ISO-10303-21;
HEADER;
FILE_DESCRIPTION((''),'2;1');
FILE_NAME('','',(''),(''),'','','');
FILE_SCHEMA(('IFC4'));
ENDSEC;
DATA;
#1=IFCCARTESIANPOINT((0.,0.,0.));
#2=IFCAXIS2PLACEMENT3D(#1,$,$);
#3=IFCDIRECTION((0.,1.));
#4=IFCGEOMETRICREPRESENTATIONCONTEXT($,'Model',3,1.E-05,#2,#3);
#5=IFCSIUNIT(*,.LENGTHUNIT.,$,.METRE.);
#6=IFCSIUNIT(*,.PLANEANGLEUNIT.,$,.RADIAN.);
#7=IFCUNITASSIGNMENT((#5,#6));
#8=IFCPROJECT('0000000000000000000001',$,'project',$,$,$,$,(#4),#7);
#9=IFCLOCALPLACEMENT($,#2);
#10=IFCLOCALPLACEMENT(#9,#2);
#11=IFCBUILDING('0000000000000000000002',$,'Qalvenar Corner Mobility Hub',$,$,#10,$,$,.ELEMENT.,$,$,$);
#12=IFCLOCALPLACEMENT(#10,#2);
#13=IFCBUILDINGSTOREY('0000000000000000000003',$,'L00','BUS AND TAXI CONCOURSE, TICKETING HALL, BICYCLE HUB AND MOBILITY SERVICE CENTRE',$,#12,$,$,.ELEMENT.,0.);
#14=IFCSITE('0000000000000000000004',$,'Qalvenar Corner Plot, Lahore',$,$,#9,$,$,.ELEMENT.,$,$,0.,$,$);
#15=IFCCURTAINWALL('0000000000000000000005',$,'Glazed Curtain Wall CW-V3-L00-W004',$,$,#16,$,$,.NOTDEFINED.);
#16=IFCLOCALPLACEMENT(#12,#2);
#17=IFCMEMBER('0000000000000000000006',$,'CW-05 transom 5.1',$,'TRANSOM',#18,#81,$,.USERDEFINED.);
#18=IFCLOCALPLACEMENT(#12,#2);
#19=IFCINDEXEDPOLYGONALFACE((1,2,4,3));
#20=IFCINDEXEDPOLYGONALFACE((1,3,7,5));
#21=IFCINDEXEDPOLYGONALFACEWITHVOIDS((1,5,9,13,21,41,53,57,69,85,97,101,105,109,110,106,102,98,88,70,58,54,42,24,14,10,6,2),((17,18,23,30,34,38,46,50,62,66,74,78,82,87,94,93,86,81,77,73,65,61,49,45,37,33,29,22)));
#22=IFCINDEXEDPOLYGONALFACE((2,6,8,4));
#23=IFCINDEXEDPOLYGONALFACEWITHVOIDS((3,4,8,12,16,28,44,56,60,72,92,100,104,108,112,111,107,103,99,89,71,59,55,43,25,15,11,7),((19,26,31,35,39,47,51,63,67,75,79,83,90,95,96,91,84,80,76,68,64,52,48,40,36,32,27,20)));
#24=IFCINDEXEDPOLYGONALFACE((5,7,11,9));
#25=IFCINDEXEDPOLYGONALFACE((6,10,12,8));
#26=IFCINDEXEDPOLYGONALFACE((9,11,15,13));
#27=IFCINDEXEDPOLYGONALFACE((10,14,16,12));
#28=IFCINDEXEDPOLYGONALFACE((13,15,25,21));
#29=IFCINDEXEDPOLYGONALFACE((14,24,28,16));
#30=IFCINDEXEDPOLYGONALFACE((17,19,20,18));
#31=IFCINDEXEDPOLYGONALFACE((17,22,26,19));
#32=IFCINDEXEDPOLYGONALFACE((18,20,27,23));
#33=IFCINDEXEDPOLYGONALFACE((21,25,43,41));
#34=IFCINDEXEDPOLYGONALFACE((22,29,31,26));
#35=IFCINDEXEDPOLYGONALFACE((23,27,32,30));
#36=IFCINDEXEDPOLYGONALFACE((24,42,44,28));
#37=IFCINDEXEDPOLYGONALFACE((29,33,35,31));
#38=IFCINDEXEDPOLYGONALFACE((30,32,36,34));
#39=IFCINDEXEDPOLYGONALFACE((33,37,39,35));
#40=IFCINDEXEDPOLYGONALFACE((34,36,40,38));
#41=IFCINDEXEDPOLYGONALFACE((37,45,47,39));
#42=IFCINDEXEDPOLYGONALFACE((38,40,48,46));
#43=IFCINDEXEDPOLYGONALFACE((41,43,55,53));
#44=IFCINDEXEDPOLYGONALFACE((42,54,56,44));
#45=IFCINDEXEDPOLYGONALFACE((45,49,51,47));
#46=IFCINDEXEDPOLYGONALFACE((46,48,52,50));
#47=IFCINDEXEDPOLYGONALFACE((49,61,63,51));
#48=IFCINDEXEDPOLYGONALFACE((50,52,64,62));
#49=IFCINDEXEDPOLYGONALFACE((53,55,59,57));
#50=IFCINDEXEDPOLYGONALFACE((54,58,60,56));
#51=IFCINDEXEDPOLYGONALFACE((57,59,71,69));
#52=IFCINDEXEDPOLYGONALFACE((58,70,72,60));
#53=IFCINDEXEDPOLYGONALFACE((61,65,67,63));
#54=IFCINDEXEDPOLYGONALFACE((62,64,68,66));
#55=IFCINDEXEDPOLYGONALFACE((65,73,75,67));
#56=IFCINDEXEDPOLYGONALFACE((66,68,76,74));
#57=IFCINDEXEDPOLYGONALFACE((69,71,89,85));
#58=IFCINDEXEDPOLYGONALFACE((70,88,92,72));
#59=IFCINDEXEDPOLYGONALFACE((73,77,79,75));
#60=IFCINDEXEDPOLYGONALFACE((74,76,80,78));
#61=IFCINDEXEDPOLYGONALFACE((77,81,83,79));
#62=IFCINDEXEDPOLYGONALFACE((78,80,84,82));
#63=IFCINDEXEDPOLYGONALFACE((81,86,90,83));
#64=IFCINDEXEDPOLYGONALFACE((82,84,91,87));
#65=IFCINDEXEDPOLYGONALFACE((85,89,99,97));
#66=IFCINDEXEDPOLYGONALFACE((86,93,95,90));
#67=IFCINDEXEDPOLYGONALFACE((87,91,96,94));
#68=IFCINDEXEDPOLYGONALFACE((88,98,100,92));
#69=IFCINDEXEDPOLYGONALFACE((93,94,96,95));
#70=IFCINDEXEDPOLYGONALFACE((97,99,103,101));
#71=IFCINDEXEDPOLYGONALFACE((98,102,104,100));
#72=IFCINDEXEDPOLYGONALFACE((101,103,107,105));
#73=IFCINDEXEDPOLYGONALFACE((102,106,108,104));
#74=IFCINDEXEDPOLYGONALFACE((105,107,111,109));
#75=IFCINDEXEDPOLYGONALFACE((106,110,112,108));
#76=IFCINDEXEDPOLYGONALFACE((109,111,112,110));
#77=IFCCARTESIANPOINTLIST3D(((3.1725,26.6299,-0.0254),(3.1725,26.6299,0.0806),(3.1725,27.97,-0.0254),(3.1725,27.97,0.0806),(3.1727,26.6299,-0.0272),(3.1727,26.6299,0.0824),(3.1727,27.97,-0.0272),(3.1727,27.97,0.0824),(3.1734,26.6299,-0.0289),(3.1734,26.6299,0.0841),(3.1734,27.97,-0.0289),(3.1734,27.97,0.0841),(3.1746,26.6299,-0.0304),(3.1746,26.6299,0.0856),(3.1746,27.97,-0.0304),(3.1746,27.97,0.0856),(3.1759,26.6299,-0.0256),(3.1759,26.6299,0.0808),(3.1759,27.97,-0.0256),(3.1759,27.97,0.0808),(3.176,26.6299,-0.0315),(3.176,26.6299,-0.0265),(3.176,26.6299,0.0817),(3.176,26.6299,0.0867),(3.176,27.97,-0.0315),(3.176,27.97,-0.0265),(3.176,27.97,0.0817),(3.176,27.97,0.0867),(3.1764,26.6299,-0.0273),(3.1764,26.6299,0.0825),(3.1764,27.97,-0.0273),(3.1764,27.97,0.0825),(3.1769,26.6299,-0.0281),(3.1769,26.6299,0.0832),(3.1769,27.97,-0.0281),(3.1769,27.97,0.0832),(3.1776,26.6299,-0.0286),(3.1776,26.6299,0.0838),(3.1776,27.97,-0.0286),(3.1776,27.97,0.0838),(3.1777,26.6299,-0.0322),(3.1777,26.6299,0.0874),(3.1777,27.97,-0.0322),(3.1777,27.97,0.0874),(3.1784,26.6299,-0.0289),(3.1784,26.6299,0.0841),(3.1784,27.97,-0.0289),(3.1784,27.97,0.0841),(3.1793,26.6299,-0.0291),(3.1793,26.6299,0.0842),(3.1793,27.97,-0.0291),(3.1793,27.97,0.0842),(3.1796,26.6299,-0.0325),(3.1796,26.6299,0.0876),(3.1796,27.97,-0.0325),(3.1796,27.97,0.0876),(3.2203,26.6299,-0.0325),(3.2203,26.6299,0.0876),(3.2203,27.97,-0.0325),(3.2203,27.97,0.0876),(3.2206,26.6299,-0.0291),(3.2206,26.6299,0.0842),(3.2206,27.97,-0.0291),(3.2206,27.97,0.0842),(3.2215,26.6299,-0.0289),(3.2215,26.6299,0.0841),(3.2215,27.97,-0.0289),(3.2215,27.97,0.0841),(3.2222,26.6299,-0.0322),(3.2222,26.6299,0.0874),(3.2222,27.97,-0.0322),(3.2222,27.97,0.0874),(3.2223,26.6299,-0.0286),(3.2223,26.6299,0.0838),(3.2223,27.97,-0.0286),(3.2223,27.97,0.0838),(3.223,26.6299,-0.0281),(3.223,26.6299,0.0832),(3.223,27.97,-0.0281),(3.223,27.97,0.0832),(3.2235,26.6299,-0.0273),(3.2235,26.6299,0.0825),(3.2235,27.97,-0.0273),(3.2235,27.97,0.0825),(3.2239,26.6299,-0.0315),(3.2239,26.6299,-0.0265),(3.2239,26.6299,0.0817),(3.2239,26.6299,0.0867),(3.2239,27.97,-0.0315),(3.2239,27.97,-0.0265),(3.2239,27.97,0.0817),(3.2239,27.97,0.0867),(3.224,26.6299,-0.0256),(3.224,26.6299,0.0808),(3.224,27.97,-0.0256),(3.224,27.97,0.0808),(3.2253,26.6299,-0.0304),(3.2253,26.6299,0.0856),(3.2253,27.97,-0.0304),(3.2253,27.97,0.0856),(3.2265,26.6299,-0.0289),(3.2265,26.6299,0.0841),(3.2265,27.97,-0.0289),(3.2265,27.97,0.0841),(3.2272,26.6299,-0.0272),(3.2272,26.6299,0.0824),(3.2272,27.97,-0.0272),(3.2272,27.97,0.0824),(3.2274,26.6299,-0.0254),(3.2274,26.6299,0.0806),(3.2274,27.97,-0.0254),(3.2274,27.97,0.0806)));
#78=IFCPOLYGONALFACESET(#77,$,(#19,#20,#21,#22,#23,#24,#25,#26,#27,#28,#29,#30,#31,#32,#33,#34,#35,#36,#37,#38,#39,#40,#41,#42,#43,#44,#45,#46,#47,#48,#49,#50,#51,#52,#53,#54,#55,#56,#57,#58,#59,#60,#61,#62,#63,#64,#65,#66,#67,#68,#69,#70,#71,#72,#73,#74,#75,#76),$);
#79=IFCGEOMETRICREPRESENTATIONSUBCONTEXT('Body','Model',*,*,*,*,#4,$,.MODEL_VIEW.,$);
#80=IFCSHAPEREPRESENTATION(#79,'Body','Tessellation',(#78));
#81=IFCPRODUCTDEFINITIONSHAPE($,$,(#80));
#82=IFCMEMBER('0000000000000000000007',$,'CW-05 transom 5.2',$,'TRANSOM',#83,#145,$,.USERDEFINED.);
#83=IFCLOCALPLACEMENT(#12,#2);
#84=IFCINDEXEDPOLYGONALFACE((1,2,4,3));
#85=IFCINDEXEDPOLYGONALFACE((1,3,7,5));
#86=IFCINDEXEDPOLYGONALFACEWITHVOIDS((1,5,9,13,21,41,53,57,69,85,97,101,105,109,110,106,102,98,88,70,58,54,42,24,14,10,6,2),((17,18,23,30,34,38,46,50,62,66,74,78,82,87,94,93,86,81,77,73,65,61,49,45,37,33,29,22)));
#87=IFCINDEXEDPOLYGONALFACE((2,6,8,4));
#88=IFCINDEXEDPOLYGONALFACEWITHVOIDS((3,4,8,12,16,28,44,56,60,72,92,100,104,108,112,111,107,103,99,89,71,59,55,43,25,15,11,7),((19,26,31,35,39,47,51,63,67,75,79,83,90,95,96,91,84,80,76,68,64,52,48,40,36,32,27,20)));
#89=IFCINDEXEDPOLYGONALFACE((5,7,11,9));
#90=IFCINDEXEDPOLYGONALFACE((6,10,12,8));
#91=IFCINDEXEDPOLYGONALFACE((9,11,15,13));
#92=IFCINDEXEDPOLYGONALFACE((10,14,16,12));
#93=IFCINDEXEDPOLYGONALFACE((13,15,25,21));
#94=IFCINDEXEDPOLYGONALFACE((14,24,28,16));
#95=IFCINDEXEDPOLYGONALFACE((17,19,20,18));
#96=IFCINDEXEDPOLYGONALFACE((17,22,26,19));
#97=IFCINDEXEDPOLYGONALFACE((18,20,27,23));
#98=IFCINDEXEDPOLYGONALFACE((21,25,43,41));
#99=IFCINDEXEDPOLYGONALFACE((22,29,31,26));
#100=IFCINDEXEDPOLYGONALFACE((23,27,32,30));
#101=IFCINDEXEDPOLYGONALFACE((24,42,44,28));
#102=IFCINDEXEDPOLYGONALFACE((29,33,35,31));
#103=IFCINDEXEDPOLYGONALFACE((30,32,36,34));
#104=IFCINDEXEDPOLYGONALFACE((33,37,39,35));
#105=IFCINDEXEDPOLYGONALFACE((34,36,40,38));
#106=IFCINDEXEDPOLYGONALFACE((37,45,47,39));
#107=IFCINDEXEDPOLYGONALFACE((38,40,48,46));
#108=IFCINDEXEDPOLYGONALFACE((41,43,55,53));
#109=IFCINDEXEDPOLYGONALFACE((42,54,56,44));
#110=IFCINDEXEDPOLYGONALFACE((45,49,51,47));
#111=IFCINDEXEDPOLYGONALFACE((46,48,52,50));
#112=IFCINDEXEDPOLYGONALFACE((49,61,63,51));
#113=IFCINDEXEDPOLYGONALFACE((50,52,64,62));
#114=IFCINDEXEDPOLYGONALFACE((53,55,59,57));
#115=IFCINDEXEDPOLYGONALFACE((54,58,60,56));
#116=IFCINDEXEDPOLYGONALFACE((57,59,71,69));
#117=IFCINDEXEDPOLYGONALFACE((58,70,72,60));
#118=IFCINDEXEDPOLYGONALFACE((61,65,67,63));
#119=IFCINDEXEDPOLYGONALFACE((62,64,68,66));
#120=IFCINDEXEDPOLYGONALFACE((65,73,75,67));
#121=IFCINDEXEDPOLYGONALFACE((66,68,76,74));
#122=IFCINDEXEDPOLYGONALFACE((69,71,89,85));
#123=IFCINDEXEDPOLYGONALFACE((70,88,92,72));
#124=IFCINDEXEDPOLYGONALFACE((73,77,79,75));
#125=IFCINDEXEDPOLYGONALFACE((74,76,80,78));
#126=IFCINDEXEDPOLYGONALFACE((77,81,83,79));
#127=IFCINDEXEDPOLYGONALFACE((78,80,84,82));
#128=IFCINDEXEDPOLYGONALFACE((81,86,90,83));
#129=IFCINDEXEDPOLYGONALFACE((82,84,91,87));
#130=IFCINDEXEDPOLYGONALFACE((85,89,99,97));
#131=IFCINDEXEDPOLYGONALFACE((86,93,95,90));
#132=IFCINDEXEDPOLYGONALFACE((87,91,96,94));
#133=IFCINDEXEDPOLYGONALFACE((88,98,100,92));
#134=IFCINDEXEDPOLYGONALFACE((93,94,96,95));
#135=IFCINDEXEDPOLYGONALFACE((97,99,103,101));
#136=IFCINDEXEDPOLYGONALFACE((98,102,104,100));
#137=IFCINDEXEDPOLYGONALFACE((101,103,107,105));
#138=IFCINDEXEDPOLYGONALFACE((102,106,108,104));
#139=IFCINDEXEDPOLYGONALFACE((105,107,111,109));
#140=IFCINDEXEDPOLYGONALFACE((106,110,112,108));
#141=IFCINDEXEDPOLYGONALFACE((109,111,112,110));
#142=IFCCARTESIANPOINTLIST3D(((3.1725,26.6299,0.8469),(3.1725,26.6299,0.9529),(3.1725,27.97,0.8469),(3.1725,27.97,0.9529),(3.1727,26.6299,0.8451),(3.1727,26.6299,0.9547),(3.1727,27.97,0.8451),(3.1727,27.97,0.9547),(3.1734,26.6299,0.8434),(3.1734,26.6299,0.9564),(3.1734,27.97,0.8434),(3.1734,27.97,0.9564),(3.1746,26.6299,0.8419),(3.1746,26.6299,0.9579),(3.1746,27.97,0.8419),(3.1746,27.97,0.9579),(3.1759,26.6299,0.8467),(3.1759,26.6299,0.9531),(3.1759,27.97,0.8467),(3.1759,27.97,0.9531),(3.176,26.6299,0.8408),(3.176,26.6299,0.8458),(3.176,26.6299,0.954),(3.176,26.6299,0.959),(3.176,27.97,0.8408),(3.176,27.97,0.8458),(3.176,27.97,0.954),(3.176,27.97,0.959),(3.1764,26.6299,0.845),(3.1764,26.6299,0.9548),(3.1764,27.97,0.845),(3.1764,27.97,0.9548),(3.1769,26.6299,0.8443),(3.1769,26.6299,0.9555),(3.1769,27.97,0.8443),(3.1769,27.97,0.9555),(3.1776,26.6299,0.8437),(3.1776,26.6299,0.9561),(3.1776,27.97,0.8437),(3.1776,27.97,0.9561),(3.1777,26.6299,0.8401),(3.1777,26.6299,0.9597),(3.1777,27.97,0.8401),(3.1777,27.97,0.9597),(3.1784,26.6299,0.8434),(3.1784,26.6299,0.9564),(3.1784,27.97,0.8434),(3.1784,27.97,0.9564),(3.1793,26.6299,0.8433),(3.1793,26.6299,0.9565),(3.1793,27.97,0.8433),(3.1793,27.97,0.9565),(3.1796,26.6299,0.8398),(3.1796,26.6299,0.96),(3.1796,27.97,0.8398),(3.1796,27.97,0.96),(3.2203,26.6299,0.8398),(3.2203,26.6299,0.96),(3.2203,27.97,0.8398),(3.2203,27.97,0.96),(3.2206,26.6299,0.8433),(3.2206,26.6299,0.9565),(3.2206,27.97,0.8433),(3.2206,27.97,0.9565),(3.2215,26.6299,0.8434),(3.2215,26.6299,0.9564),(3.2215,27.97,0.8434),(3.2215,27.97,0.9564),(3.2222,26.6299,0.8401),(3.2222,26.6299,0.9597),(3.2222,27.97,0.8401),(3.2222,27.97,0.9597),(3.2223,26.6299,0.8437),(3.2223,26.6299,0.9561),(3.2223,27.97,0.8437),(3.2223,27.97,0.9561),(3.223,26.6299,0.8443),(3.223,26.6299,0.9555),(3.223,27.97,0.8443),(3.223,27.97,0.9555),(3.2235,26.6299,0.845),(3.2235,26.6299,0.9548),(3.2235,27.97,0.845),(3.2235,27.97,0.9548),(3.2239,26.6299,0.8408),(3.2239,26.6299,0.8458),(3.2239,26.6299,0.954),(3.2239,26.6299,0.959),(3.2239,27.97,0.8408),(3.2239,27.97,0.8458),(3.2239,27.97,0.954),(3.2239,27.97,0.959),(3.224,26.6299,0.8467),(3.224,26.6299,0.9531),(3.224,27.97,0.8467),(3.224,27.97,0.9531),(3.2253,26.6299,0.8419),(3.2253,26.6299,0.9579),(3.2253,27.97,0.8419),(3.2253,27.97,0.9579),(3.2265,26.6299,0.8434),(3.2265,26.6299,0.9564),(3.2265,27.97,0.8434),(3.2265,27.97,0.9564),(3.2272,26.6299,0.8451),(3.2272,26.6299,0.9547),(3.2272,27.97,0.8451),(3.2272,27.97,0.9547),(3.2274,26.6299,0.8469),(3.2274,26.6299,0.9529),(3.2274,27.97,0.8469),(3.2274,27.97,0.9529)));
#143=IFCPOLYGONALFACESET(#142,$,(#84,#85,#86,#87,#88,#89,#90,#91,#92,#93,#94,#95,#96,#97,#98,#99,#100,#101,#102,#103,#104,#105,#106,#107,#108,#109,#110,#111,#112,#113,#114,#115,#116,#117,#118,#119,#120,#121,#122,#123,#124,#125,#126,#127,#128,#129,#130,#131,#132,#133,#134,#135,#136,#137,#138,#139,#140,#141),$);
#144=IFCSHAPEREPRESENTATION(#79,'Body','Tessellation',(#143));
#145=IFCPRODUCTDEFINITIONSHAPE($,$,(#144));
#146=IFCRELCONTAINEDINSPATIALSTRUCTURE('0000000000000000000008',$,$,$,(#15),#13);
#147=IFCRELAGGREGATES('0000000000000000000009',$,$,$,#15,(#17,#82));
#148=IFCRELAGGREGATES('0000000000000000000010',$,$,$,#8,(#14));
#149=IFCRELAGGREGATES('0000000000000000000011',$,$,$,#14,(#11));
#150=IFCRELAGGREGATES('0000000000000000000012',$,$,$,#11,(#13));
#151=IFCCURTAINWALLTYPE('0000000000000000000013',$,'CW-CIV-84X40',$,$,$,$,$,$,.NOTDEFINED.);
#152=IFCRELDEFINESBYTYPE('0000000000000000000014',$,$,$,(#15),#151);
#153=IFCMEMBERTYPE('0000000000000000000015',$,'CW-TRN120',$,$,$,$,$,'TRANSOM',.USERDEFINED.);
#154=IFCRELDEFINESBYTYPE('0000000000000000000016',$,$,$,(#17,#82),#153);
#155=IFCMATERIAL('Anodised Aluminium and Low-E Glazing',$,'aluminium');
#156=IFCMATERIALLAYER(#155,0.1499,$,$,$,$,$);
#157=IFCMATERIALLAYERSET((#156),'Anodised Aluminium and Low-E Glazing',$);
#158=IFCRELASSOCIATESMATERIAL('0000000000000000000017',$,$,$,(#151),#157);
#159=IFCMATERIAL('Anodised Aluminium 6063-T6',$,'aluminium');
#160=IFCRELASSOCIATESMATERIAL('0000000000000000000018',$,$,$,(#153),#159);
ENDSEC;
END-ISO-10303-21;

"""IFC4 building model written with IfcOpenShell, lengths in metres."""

from ifc_helpers import new_model, si_unit, direction, frame, origin, origin_2d, place, context, subcontext, project, spatial, hollow_rectangle, extrude, material, layer, layer_set, material_profile, profile_set, type_object, element, aggregate, save


model = new_model("IFC4")

# Units and contexts
model_context = context("Model", 3, precision=1e-05, world=origin(), true_north=direction((0.0, 1.0)))
body_context = subcontext(model_context, "Body", "Model", "MODEL_VIEW")
ifc_project = project(units=[si_unit("LENGTHUNIT", "METRE"), si_unit("PLANEANGLEUNIT", "RADIAN")], contexts=[model_context])

# Site, building, storey
site_placement = place(None, origin())
site = spatial("IfcSite", under=ifc_project, at=site_placement, Name="Qalvenar Corner Plot, Lahore", CompositionType="ELEMENT", RefElevation=0.0)
building_placement = place(site_placement, origin())
building = spatial("IfcBuilding", under=site, at=building_placement, Name="Qalvenar Corner Mobility Hub", CompositionType="ELEMENT")
storey_placement = place(building_placement, origin())
storey = spatial("IfcBuildingStorey", under=building, at=storey_placement, Name="L00", Description="BUS AND TAXI CONCOURSE, TICKETING HALL, BICYCLE HUB AND MOBILITY SERVICE CENTRE", CompositionType="ELEMENT", Elevation=0.0)

# Curtain wall, members
ifc_material_1 = material(Name="Anodised Aluminium and Low-E Glazing", Category="aluminium")
ifc_layer_1 = layer(ifc_material_1, 0.1499)
ifc_layer_set_1 = layer_set([ifc_layer_1], Name="Anodised Aluminium and Low-E Glazing")
curtain_wall_type = type_object("IfcCurtainWallType", Name="CW-CIV-84X40", PredefinedType="NOTDEFINED", material=ifc_layer_set_1)
curtain_wall_placement = place(storey_placement, origin())
curtain_wall = element("IfcCurtainWall", 1, at=curtain_wall_placement, inside=storey, type_object=curtain_wall_type, Name="Glazed Curtain Wall CW-V3-L00-W004", PredefinedType="NOTDEFINED")
ifc_material_2 = material(Name="Anodised Aluminium 6063-T6", Category="aluminium")
ifc_material_profile_1 = material_profile(ifc_material_2, hollow_rectangle(XDim=0.0549, YDim=0.1201, WallThickness=0.0034, InnerFilletRadius=0.0034, OuterFilletRadius=0.0071, at=origin_2d()), Name="RHS120x55x3.5")
ifc_profile_set_1 = profile_set([ifc_material_profile_1], Name="Anodised Aluminium 6063-T6")
member_type_1 = type_object("IfcMemberType", Name="CW-TRN120", ElementType="TRANSOM", PredefinedType="USERDEFINED", material=ifc_profile_set_1)
member_1_placement = place(storey_placement, frame((3.2, 27.97, 0.0276), z_axis=(0.0, -1.0, 0.0), x_axis=(1.0, 0.0, 0.0)))
member_1 = element("IfcMember", 2, at=member_1_placement, type_object=member_type_1, Name="CW-05 transom 5.1", ObjectType="TRANSOM", PredefinedType="USERDEFINED", context=body_context, shape_type="SweptSolid", body=[
    extrude(hollow_rectangle(XDim=0.0549, YDim=0.1201, WallThickness=0.0034, InnerFilletRadius=0.0034, OuterFilletRadius=0.0071, at=origin_2d()), origin(), (0.0, 0.0, 1.0), 1.3401),
])
member_2_placement = place(storey_placement, frame((3.2, 27.97, 0.8999), z_axis=(0.0, -1.0, 0.0), x_axis=(1.0, 0.0, 0.0)))
member_2 = element("IfcMember", 3, at=member_2_placement, type_object=member_type_1, Name="CW-05 transom 5.2", ObjectType="TRANSOM", PredefinedType="USERDEFINED", context=body_context, shape_type="SweptSolid", body=[
    extrude(hollow_rectangle(XDim=0.0549, YDim=0.1201, WallThickness=0.0034, InnerFilletRadius=0.0034, OuterFilletRadius=0.0071, at=origin_2d()), origin(), (0.0, 0.0, 1.0), 1.3401),
])
aggregate(curtain_wall, [member_1, member_2])

save(model, "model.ifc")
